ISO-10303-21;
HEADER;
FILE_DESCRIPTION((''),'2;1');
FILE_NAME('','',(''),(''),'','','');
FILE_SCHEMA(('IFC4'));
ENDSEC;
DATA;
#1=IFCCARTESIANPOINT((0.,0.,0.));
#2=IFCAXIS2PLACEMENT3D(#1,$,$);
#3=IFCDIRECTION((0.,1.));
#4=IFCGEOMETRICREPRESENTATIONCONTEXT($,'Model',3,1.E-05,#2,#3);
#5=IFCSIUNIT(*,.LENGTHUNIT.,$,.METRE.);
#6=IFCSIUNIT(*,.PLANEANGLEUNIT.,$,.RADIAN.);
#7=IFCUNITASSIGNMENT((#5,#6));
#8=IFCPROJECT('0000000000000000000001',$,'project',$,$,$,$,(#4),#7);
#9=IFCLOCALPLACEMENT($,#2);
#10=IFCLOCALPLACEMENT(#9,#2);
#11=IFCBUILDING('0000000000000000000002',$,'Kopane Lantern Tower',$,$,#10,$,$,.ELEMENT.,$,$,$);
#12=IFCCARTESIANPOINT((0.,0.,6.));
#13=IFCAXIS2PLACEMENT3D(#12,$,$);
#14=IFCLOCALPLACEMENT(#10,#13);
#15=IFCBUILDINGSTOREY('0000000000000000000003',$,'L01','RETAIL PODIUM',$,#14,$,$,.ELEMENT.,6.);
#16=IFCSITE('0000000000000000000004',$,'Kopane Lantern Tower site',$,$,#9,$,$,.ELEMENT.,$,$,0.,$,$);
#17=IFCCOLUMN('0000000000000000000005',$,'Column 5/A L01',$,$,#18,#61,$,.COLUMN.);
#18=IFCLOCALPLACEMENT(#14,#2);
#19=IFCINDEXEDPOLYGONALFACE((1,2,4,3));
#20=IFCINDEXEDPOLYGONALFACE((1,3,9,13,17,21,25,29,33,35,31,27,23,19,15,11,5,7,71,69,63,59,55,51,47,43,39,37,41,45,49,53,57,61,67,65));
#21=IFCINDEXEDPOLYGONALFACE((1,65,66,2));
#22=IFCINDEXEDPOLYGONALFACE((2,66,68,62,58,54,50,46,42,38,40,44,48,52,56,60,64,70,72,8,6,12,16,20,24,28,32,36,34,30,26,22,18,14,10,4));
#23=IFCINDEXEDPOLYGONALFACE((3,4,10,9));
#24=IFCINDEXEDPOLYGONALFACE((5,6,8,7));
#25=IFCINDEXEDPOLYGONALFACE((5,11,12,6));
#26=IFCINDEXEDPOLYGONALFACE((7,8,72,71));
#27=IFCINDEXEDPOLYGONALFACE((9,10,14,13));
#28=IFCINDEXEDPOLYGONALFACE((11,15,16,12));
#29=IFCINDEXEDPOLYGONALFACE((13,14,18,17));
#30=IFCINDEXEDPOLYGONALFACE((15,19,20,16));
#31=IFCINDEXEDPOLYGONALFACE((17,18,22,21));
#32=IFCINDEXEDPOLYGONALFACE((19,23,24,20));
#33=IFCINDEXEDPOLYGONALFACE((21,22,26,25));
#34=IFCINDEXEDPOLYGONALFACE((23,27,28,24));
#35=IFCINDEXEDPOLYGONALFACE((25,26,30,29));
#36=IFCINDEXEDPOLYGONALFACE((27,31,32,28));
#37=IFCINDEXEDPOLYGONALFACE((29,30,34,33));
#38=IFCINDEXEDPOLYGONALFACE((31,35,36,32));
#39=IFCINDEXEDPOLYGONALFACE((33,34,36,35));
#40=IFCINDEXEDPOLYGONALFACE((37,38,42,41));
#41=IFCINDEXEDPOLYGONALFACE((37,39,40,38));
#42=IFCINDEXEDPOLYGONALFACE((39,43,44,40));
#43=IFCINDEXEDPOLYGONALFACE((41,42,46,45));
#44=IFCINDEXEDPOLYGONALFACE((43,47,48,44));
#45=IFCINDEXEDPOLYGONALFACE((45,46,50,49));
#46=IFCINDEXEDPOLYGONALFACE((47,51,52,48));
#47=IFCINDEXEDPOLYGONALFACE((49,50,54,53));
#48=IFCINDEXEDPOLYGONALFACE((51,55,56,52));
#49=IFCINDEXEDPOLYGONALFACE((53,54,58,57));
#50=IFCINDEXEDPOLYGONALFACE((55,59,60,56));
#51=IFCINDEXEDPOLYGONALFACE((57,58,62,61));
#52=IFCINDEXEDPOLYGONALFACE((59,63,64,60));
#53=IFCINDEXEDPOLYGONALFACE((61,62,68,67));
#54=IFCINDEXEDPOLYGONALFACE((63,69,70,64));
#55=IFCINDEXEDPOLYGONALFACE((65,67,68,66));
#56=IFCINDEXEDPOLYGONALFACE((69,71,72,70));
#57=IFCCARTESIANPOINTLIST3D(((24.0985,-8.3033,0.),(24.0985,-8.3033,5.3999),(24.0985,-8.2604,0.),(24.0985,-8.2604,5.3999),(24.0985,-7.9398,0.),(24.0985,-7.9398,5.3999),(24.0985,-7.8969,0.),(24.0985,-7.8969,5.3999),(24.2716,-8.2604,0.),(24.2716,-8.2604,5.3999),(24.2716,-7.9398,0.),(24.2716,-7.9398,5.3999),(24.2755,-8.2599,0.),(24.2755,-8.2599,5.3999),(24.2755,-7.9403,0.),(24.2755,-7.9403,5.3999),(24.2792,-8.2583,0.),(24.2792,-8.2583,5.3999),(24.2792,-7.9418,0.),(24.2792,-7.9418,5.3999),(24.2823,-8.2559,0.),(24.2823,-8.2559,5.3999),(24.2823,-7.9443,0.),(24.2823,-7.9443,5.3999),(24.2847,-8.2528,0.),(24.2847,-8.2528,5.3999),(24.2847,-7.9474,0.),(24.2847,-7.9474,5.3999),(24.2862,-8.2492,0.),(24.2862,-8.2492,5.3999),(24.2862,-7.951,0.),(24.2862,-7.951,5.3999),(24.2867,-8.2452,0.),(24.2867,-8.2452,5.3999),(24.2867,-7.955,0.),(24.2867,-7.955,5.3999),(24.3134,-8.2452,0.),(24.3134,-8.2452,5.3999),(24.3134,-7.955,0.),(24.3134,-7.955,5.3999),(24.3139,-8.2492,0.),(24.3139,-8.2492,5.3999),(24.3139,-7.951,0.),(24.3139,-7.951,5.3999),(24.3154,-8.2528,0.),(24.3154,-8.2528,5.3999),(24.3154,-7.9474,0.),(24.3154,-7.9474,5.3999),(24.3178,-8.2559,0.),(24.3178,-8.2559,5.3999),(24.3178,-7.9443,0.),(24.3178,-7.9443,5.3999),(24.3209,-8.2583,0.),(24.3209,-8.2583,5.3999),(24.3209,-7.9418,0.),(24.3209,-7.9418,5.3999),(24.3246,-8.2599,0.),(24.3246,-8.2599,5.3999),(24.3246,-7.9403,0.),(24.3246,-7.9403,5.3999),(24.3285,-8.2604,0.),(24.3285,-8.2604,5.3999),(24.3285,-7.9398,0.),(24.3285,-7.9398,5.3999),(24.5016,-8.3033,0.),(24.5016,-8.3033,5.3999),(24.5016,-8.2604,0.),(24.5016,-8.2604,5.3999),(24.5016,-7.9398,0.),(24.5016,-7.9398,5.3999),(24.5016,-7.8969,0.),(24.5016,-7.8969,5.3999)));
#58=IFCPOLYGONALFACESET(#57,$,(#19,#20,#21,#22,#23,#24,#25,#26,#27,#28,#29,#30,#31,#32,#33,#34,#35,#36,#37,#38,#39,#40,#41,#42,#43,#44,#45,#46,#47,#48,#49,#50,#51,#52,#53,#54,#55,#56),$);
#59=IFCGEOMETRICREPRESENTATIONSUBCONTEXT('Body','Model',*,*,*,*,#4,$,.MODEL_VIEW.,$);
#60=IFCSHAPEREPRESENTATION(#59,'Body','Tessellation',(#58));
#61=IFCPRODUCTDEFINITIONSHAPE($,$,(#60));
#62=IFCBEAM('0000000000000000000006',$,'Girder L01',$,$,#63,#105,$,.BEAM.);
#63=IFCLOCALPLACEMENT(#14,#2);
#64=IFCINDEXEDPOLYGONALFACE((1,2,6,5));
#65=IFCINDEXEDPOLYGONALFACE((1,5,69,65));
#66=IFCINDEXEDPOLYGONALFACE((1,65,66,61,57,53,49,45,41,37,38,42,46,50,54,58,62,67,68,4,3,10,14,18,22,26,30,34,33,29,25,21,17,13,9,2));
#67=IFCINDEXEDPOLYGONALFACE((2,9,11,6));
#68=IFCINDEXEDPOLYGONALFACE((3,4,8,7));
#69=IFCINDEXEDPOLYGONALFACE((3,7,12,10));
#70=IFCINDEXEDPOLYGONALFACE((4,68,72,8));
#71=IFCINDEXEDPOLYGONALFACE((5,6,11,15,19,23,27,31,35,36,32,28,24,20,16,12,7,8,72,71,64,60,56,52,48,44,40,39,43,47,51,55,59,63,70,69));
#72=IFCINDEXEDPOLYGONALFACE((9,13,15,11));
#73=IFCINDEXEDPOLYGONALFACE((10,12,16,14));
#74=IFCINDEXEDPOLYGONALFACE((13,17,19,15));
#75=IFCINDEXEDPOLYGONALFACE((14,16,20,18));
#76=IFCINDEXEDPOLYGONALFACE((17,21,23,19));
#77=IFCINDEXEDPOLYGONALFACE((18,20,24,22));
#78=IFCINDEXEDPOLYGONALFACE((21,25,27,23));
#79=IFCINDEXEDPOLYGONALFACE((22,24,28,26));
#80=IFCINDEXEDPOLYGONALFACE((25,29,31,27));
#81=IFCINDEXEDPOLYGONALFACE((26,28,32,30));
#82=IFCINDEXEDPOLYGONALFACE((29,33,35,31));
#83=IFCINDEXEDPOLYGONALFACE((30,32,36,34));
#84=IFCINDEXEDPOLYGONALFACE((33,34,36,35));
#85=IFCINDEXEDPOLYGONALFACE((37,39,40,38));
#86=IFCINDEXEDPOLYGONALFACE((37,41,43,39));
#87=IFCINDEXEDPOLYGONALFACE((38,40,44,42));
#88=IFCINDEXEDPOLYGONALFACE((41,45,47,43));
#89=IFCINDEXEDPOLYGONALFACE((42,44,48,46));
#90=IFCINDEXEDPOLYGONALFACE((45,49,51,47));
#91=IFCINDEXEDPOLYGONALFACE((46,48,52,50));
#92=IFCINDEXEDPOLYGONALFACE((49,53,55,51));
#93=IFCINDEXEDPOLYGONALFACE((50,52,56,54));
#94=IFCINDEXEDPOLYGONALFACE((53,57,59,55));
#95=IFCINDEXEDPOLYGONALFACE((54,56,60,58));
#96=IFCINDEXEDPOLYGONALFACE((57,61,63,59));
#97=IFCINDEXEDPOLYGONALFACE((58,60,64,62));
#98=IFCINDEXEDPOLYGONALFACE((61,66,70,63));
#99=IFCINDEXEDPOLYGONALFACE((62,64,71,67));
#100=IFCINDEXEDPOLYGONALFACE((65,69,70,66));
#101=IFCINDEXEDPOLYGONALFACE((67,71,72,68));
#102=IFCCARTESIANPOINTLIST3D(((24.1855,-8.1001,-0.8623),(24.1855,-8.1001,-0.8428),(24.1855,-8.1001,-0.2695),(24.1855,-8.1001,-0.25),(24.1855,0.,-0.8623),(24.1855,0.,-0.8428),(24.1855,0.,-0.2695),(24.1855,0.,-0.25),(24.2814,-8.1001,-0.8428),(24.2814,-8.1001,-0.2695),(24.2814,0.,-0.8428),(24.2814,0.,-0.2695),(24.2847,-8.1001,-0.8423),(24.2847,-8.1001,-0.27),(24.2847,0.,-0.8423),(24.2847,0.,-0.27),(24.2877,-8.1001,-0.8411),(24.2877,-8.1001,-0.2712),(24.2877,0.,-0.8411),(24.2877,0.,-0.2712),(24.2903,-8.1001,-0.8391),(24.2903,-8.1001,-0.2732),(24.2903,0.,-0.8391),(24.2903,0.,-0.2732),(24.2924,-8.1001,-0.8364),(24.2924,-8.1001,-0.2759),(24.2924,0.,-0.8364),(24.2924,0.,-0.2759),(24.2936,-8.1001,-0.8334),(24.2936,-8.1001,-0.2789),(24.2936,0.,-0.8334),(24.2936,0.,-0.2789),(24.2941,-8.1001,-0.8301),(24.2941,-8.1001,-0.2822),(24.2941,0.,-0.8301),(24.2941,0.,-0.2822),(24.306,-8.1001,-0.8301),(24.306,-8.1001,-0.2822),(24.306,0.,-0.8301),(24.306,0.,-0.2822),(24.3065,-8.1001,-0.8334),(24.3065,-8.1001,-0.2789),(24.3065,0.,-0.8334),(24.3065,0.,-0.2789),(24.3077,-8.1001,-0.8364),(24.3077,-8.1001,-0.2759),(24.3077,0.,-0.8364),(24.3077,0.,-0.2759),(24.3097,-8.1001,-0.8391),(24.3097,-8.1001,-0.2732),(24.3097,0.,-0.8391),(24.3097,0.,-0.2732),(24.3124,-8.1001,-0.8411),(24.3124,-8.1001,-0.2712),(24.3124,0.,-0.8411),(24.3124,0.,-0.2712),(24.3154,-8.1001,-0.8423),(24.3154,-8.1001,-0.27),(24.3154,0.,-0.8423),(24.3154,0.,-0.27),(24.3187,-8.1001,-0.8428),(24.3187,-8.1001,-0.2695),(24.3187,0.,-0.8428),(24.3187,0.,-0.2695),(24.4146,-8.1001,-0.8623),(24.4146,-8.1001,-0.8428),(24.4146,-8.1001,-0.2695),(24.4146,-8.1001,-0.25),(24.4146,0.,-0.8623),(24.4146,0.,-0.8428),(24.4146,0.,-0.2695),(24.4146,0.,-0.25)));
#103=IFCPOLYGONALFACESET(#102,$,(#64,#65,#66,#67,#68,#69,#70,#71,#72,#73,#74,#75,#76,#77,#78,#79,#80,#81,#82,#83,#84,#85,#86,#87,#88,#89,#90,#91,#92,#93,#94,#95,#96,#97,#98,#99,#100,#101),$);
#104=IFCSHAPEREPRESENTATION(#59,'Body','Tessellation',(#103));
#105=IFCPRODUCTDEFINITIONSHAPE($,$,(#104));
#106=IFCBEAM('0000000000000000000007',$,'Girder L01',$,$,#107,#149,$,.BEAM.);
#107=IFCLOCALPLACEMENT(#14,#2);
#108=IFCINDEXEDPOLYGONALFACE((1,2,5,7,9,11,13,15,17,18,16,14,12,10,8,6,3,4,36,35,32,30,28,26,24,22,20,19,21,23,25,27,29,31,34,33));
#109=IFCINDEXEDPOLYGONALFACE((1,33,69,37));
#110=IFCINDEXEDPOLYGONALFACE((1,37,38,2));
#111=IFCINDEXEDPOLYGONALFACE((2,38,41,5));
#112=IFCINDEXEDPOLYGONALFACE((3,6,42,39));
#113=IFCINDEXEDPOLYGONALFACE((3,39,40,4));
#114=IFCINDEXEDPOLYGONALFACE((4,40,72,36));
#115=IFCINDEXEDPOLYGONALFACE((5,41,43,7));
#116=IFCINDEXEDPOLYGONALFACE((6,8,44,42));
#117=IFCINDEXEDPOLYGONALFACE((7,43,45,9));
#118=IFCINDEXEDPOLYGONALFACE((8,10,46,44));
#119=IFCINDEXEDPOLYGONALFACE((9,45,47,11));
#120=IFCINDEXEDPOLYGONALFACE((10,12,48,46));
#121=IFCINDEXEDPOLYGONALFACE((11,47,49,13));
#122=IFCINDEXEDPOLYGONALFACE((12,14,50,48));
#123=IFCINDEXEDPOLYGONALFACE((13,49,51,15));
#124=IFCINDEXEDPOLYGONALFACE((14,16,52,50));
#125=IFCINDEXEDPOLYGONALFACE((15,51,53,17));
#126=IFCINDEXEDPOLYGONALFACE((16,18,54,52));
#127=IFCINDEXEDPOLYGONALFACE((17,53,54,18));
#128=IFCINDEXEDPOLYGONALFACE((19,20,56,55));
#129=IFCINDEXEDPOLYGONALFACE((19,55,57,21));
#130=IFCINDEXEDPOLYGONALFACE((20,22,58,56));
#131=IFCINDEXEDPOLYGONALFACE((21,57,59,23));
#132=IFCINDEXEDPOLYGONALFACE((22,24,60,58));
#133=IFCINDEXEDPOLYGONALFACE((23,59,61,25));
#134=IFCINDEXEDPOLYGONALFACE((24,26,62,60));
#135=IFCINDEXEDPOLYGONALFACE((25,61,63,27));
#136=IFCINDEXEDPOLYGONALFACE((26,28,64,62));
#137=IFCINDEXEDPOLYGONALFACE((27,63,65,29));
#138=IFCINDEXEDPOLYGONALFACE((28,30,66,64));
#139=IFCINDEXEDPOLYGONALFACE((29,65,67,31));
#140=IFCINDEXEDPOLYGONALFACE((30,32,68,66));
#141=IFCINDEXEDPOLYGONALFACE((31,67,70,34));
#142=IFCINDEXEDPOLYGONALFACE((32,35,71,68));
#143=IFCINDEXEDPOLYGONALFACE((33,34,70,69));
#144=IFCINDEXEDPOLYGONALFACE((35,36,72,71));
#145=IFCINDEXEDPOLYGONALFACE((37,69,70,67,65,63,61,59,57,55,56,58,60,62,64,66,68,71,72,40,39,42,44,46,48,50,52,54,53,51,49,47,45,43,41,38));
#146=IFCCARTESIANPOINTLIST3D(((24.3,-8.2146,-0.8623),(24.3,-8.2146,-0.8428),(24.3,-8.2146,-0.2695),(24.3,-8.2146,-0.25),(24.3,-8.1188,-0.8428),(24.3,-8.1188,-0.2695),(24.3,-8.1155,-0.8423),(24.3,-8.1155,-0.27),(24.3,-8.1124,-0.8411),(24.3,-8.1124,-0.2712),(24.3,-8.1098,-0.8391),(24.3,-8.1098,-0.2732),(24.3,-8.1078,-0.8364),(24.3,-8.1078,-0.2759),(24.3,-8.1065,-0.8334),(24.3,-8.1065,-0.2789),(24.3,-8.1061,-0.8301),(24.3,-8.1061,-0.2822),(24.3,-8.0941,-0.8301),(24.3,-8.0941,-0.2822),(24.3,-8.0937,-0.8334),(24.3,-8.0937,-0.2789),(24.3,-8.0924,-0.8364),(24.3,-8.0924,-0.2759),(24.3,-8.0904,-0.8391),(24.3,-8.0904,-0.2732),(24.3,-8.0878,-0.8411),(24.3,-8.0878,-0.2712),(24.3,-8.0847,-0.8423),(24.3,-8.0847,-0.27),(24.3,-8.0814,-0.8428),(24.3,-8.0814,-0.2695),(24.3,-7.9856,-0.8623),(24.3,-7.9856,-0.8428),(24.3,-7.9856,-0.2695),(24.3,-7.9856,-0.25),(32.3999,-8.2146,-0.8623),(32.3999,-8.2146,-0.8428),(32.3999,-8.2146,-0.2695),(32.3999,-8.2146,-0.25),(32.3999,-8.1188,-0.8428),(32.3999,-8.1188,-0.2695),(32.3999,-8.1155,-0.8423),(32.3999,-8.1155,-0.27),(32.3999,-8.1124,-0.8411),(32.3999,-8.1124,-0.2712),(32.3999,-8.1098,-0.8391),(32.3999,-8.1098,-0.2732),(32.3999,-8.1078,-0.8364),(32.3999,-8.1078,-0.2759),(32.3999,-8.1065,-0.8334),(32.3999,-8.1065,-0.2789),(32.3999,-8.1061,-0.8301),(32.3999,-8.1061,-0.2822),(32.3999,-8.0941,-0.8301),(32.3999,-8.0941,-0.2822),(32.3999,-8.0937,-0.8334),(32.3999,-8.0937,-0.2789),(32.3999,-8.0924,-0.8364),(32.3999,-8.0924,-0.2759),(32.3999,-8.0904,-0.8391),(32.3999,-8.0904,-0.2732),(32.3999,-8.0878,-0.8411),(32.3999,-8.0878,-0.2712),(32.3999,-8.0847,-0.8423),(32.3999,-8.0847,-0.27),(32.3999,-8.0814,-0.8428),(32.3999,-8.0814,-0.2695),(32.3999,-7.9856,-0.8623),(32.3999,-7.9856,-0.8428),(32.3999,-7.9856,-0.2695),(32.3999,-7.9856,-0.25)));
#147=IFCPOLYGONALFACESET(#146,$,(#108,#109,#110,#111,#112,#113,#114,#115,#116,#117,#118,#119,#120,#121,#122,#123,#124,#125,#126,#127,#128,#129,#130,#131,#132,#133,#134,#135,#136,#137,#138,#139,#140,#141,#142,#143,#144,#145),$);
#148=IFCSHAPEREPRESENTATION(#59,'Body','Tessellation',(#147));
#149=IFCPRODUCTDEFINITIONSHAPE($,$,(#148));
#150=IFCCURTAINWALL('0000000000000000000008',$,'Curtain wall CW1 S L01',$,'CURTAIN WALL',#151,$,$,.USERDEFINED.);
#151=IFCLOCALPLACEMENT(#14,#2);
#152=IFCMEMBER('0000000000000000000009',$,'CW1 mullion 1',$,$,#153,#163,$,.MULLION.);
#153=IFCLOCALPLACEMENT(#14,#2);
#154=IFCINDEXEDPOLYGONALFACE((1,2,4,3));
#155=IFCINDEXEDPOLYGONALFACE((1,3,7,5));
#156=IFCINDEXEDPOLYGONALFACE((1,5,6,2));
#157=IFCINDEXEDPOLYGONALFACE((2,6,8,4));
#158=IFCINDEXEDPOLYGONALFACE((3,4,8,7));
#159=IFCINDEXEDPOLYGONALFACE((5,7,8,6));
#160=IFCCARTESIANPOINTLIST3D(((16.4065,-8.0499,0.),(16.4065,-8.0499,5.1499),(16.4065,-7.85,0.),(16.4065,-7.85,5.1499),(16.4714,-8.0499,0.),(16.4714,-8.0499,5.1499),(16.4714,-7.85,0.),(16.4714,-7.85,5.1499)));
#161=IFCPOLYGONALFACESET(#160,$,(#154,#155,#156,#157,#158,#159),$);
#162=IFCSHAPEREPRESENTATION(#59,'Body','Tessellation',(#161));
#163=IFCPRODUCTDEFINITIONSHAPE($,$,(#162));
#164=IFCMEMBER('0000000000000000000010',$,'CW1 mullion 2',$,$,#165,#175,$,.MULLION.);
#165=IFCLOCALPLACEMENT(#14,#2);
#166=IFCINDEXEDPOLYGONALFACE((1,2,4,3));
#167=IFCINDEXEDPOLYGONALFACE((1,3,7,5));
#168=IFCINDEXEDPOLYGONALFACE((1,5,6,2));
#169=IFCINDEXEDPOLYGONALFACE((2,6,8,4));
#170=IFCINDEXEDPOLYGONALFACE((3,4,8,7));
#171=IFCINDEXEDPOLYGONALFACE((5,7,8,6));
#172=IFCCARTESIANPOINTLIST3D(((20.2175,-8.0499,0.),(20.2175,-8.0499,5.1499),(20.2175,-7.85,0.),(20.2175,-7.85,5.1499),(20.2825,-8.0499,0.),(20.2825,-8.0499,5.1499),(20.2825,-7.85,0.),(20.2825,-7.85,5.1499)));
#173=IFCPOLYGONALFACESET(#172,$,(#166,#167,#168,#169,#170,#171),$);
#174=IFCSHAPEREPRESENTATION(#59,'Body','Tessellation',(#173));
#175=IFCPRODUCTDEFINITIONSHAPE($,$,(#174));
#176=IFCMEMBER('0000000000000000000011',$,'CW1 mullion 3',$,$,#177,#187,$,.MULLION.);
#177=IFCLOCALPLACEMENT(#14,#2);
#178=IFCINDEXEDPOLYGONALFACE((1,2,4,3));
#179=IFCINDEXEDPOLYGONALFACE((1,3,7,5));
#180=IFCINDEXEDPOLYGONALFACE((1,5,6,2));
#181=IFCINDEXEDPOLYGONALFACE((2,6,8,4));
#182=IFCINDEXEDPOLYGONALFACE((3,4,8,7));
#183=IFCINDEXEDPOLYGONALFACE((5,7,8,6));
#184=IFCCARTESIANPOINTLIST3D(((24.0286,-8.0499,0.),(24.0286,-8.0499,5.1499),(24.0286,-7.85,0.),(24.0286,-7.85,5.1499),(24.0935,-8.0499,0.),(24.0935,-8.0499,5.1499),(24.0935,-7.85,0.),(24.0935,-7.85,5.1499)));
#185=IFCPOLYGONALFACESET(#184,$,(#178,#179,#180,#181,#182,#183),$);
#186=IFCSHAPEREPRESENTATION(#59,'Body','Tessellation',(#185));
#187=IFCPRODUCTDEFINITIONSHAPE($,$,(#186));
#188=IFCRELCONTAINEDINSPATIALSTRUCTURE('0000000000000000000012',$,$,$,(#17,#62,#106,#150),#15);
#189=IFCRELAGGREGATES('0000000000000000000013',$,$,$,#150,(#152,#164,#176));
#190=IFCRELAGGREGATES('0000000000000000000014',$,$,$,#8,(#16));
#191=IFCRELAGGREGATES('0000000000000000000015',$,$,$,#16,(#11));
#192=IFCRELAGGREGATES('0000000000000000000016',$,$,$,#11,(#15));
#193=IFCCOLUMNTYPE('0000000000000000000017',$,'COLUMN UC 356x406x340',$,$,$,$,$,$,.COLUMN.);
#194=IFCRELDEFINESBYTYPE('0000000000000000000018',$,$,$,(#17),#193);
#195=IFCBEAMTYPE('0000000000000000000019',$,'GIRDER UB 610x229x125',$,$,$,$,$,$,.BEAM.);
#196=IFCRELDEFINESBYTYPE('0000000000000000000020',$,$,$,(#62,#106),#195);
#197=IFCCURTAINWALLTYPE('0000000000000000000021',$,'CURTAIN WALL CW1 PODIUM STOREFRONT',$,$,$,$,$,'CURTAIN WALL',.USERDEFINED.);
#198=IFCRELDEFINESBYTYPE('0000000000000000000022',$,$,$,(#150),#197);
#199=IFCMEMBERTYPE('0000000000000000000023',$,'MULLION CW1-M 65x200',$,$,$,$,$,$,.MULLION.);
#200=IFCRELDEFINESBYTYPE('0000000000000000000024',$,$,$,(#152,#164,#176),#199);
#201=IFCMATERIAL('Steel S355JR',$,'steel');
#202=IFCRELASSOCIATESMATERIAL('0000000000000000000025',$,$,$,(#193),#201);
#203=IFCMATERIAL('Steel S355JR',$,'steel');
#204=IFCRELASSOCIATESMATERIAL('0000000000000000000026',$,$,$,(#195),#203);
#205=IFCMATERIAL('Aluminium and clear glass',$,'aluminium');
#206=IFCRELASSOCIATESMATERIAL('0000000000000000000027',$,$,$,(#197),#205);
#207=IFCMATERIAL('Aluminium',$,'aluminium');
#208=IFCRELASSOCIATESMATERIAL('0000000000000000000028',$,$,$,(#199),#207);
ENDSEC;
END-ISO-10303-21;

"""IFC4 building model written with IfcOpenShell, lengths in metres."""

from ifc_helpers import new_model, si_unit, direction, frame, origin, origin_2d, place, context, subcontext, project, spatial, rectangle, i_section, extrude, material, material_profile, profile_set, type_object, element, aggregate, save


model = new_model("IFC4")

# Units and contexts
model_context = context("Model", 3, precision=1e-05, world=origin(), true_north=direction((0.0, 1.0)))
body_context = subcontext(model_context, "Body", "Model", "MODEL_VIEW")
ifc_project = project(units=[si_unit("LENGTHUNIT", "METRE"), si_unit("PLANEANGLEUNIT", "RADIAN")], contexts=[model_context])

# Site, building, storey
site_placement = place(None, origin())
site = spatial("IfcSite", under=ifc_project, at=site_placement, Name="Kopane Lantern Tower site", CompositionType="ELEMENT", RefElevation=0.0)
building_placement = place(site_placement, origin())
building = spatial("IfcBuilding", under=site, at=building_placement, Name="Kopane Lantern Tower", CompositionType="ELEMENT")
storey_placement = place(building_placement, frame((0.0, 0.0, 6.0)))
storey = spatial("IfcBuildingStorey", under=building, at=storey_placement, Name="L01", Description="RETAIL PODIUM", CompositionType="ELEMENT", Elevation=6.0)

# Column
ifc_material_1 = material(Name="Steel S355JR", Category="steel")
ifc_material_profile_1 = material_profile(ifc_material_1, i_section(OverallWidth=0.4031, OverallDepth=0.4065, WebThickness=0.0266, FlangeThickness=0.043, FilletRadius=0.0151, at=origin_2d()), Name="UC 356x406x340")
ifc_profile_set_1 = profile_set([ifc_material_profile_1], Name="Steel S355JR")
column_type = type_object("IfcColumnType", Name="COLUMN UC 356x406x340", PredefinedType="COLUMN", material=ifc_profile_set_1)
column_placement = place(storey_placement, frame((24.3, -8.1001, 0.0), z_axis=(0.0, 0.0, 1.0), x_axis=(1.0, 0.0, 0.0)))
element("IfcColumn", 1, at=column_placement, inside=storey, type_object=column_type, Name="Column 5/A L01", PredefinedType="COLUMN", context=body_context, shape_type="SweptSolid", body=[
    extrude(i_section(OverallWidth=0.4031, OverallDepth=0.4065, WebThickness=0.0266, FlangeThickness=0.043, FilletRadius=0.0151, at=origin_2d()), origin(), (0.0, 0.0, 1.0), 5.3999),
])

# Beams
ifc_material_2 = material(Name="Steel S355JR", Category="steel")
ifc_material_profile_2 = material_profile(ifc_material_2, i_section(OverallWidth=0.229, OverallDepth=0.6123, WebThickness=0.012, FlangeThickness=0.0195, FilletRadius=0.0127, at=origin_2d()), Name="UB 610x229x125")
ifc_profile_set_2 = profile_set([ifc_material_profile_2], Name="Steel S355JR")
beam_type = type_object("IfcBeamType", Name="GIRDER UB 610x229x125", PredefinedType="BEAM", material=ifc_profile_set_2)
beam_1_placement = place(storey_placement, frame((24.3, -8.1001, -0.5562), z_axis=(0.0, 1.0, 0.0), x_axis=(-1.0, 0.0, 0.0)))
element("IfcBeam", 2, at=beam_1_placement, inside=storey, type_object=beam_type, Name="Girder L01", PredefinedType="BEAM", context=body_context, shape_type="SweptSolid", body=[
    extrude(i_section(OverallWidth=0.229, OverallDepth=0.6123, WebThickness=0.012, FlangeThickness=0.0195, FilletRadius=0.0127, at=origin_2d()), origin(), (0.0, 0.0, 1.0), 8.1001),
])
beam_2_placement = place(storey_placement, frame((24.3, -8.1001, -0.5562), z_axis=(1.0, 0.0, 0.0), x_axis=(0.0, 1.0, 0.0)))
element("IfcBeam", 3, at=beam_2_placement, inside=storey, type_object=beam_type, Name="Girder L01", PredefinedType="BEAM", context=body_context, shape_type="SweptSolid", body=[
    extrude(i_section(OverallWidth=0.229, OverallDepth=0.6123, WebThickness=0.012, FlangeThickness=0.0195, FilletRadius=0.0127, at=origin_2d()), origin(), (0.0, 0.0, 1.0), 8.0999),
])

# Curtain wall, members
ifc_material_3 = material(Name="Aluminium and clear glass", Category="aluminium")
curtain_wall_type = type_object("IfcCurtainWallType", Name="CURTAIN WALL CW1 PODIUM STOREFRONT", ElementType="CURTAIN WALL", PredefinedType="USERDEFINED", material=ifc_material_3)
curtain_wall_1_placement = place(storey_placement, origin())
curtain_wall_1 = element("IfcCurtainWall", 4, at=curtain_wall_1_placement, inside=storey, type_object=curtain_wall_type, Name="Curtain wall CW1 S L01", ObjectType="CURTAIN WALL", PredefinedType="USERDEFINED")
ifc_material_4 = material(Name="Aluminium", Category="aluminium")
ifc_material_profile_3 = material_profile(ifc_material_4, rectangle(XDim=0.0649, YDim=0.2, at=origin_2d()), Name="AL 65x200")
ifc_profile_set_3 = profile_set([ifc_material_profile_3], Name="Aluminium")
member_type_1 = type_object("IfcMemberType", Name="MULLION CW1-M 65x200", PredefinedType="MULLION", material=ifc_profile_set_3)
member_1_placement = place(storey_placement, frame((16.439, -7.95, 0.0), z_axis=(0.0, 0.0, 1.0), x_axis=(1.0, 0.0, 0.0)))
member_1 = element("IfcMember", 5, at=member_1_placement, type_object=member_type_1, Name="CW1 mullion 1", PredefinedType="MULLION", context=body_context, shape_type="SweptSolid", body=[
    extrude(rectangle(XDim=0.0649, YDim=0.2, at=origin_2d()), origin(), (0.0, 0.0, 1.0), 5.1499),
])
member_2_placement = place(storey_placement, frame((20.25, -7.95, 0.0), z_axis=(0.0, 0.0, 1.0), x_axis=(1.0, 0.0, 0.0)))
member_2 = element("IfcMember", 6, at=member_2_placement, type_object=member_type_1, Name="CW1 mullion 2", PredefinedType="MULLION", context=body_context, shape_type="SweptSolid", body=[
    extrude(rectangle(XDim=0.0649, YDim=0.2, at=origin_2d()), origin(), (0.0, 0.0, 1.0), 5.1499),
])
member_3_placement = place(storey_placement, frame((24.061, -7.95, 0.0), z_axis=(0.0, 0.0, 1.0), x_axis=(1.0, 0.0, 0.0)))
member_3 = element("IfcMember", 7, at=member_3_placement, type_object=member_type_1, Name="CW1 mullion 3", PredefinedType="MULLION", context=body_context, shape_type="SweptSolid", body=[
    extrude(rectangle(XDim=0.0649, YDim=0.2, at=origin_2d()), origin(), (0.0, 0.0, 1.0), 5.1499),
])

aggregate(curtain_wall_1, [member_1, member_2, member_3])

save(model, "model.ifc")
